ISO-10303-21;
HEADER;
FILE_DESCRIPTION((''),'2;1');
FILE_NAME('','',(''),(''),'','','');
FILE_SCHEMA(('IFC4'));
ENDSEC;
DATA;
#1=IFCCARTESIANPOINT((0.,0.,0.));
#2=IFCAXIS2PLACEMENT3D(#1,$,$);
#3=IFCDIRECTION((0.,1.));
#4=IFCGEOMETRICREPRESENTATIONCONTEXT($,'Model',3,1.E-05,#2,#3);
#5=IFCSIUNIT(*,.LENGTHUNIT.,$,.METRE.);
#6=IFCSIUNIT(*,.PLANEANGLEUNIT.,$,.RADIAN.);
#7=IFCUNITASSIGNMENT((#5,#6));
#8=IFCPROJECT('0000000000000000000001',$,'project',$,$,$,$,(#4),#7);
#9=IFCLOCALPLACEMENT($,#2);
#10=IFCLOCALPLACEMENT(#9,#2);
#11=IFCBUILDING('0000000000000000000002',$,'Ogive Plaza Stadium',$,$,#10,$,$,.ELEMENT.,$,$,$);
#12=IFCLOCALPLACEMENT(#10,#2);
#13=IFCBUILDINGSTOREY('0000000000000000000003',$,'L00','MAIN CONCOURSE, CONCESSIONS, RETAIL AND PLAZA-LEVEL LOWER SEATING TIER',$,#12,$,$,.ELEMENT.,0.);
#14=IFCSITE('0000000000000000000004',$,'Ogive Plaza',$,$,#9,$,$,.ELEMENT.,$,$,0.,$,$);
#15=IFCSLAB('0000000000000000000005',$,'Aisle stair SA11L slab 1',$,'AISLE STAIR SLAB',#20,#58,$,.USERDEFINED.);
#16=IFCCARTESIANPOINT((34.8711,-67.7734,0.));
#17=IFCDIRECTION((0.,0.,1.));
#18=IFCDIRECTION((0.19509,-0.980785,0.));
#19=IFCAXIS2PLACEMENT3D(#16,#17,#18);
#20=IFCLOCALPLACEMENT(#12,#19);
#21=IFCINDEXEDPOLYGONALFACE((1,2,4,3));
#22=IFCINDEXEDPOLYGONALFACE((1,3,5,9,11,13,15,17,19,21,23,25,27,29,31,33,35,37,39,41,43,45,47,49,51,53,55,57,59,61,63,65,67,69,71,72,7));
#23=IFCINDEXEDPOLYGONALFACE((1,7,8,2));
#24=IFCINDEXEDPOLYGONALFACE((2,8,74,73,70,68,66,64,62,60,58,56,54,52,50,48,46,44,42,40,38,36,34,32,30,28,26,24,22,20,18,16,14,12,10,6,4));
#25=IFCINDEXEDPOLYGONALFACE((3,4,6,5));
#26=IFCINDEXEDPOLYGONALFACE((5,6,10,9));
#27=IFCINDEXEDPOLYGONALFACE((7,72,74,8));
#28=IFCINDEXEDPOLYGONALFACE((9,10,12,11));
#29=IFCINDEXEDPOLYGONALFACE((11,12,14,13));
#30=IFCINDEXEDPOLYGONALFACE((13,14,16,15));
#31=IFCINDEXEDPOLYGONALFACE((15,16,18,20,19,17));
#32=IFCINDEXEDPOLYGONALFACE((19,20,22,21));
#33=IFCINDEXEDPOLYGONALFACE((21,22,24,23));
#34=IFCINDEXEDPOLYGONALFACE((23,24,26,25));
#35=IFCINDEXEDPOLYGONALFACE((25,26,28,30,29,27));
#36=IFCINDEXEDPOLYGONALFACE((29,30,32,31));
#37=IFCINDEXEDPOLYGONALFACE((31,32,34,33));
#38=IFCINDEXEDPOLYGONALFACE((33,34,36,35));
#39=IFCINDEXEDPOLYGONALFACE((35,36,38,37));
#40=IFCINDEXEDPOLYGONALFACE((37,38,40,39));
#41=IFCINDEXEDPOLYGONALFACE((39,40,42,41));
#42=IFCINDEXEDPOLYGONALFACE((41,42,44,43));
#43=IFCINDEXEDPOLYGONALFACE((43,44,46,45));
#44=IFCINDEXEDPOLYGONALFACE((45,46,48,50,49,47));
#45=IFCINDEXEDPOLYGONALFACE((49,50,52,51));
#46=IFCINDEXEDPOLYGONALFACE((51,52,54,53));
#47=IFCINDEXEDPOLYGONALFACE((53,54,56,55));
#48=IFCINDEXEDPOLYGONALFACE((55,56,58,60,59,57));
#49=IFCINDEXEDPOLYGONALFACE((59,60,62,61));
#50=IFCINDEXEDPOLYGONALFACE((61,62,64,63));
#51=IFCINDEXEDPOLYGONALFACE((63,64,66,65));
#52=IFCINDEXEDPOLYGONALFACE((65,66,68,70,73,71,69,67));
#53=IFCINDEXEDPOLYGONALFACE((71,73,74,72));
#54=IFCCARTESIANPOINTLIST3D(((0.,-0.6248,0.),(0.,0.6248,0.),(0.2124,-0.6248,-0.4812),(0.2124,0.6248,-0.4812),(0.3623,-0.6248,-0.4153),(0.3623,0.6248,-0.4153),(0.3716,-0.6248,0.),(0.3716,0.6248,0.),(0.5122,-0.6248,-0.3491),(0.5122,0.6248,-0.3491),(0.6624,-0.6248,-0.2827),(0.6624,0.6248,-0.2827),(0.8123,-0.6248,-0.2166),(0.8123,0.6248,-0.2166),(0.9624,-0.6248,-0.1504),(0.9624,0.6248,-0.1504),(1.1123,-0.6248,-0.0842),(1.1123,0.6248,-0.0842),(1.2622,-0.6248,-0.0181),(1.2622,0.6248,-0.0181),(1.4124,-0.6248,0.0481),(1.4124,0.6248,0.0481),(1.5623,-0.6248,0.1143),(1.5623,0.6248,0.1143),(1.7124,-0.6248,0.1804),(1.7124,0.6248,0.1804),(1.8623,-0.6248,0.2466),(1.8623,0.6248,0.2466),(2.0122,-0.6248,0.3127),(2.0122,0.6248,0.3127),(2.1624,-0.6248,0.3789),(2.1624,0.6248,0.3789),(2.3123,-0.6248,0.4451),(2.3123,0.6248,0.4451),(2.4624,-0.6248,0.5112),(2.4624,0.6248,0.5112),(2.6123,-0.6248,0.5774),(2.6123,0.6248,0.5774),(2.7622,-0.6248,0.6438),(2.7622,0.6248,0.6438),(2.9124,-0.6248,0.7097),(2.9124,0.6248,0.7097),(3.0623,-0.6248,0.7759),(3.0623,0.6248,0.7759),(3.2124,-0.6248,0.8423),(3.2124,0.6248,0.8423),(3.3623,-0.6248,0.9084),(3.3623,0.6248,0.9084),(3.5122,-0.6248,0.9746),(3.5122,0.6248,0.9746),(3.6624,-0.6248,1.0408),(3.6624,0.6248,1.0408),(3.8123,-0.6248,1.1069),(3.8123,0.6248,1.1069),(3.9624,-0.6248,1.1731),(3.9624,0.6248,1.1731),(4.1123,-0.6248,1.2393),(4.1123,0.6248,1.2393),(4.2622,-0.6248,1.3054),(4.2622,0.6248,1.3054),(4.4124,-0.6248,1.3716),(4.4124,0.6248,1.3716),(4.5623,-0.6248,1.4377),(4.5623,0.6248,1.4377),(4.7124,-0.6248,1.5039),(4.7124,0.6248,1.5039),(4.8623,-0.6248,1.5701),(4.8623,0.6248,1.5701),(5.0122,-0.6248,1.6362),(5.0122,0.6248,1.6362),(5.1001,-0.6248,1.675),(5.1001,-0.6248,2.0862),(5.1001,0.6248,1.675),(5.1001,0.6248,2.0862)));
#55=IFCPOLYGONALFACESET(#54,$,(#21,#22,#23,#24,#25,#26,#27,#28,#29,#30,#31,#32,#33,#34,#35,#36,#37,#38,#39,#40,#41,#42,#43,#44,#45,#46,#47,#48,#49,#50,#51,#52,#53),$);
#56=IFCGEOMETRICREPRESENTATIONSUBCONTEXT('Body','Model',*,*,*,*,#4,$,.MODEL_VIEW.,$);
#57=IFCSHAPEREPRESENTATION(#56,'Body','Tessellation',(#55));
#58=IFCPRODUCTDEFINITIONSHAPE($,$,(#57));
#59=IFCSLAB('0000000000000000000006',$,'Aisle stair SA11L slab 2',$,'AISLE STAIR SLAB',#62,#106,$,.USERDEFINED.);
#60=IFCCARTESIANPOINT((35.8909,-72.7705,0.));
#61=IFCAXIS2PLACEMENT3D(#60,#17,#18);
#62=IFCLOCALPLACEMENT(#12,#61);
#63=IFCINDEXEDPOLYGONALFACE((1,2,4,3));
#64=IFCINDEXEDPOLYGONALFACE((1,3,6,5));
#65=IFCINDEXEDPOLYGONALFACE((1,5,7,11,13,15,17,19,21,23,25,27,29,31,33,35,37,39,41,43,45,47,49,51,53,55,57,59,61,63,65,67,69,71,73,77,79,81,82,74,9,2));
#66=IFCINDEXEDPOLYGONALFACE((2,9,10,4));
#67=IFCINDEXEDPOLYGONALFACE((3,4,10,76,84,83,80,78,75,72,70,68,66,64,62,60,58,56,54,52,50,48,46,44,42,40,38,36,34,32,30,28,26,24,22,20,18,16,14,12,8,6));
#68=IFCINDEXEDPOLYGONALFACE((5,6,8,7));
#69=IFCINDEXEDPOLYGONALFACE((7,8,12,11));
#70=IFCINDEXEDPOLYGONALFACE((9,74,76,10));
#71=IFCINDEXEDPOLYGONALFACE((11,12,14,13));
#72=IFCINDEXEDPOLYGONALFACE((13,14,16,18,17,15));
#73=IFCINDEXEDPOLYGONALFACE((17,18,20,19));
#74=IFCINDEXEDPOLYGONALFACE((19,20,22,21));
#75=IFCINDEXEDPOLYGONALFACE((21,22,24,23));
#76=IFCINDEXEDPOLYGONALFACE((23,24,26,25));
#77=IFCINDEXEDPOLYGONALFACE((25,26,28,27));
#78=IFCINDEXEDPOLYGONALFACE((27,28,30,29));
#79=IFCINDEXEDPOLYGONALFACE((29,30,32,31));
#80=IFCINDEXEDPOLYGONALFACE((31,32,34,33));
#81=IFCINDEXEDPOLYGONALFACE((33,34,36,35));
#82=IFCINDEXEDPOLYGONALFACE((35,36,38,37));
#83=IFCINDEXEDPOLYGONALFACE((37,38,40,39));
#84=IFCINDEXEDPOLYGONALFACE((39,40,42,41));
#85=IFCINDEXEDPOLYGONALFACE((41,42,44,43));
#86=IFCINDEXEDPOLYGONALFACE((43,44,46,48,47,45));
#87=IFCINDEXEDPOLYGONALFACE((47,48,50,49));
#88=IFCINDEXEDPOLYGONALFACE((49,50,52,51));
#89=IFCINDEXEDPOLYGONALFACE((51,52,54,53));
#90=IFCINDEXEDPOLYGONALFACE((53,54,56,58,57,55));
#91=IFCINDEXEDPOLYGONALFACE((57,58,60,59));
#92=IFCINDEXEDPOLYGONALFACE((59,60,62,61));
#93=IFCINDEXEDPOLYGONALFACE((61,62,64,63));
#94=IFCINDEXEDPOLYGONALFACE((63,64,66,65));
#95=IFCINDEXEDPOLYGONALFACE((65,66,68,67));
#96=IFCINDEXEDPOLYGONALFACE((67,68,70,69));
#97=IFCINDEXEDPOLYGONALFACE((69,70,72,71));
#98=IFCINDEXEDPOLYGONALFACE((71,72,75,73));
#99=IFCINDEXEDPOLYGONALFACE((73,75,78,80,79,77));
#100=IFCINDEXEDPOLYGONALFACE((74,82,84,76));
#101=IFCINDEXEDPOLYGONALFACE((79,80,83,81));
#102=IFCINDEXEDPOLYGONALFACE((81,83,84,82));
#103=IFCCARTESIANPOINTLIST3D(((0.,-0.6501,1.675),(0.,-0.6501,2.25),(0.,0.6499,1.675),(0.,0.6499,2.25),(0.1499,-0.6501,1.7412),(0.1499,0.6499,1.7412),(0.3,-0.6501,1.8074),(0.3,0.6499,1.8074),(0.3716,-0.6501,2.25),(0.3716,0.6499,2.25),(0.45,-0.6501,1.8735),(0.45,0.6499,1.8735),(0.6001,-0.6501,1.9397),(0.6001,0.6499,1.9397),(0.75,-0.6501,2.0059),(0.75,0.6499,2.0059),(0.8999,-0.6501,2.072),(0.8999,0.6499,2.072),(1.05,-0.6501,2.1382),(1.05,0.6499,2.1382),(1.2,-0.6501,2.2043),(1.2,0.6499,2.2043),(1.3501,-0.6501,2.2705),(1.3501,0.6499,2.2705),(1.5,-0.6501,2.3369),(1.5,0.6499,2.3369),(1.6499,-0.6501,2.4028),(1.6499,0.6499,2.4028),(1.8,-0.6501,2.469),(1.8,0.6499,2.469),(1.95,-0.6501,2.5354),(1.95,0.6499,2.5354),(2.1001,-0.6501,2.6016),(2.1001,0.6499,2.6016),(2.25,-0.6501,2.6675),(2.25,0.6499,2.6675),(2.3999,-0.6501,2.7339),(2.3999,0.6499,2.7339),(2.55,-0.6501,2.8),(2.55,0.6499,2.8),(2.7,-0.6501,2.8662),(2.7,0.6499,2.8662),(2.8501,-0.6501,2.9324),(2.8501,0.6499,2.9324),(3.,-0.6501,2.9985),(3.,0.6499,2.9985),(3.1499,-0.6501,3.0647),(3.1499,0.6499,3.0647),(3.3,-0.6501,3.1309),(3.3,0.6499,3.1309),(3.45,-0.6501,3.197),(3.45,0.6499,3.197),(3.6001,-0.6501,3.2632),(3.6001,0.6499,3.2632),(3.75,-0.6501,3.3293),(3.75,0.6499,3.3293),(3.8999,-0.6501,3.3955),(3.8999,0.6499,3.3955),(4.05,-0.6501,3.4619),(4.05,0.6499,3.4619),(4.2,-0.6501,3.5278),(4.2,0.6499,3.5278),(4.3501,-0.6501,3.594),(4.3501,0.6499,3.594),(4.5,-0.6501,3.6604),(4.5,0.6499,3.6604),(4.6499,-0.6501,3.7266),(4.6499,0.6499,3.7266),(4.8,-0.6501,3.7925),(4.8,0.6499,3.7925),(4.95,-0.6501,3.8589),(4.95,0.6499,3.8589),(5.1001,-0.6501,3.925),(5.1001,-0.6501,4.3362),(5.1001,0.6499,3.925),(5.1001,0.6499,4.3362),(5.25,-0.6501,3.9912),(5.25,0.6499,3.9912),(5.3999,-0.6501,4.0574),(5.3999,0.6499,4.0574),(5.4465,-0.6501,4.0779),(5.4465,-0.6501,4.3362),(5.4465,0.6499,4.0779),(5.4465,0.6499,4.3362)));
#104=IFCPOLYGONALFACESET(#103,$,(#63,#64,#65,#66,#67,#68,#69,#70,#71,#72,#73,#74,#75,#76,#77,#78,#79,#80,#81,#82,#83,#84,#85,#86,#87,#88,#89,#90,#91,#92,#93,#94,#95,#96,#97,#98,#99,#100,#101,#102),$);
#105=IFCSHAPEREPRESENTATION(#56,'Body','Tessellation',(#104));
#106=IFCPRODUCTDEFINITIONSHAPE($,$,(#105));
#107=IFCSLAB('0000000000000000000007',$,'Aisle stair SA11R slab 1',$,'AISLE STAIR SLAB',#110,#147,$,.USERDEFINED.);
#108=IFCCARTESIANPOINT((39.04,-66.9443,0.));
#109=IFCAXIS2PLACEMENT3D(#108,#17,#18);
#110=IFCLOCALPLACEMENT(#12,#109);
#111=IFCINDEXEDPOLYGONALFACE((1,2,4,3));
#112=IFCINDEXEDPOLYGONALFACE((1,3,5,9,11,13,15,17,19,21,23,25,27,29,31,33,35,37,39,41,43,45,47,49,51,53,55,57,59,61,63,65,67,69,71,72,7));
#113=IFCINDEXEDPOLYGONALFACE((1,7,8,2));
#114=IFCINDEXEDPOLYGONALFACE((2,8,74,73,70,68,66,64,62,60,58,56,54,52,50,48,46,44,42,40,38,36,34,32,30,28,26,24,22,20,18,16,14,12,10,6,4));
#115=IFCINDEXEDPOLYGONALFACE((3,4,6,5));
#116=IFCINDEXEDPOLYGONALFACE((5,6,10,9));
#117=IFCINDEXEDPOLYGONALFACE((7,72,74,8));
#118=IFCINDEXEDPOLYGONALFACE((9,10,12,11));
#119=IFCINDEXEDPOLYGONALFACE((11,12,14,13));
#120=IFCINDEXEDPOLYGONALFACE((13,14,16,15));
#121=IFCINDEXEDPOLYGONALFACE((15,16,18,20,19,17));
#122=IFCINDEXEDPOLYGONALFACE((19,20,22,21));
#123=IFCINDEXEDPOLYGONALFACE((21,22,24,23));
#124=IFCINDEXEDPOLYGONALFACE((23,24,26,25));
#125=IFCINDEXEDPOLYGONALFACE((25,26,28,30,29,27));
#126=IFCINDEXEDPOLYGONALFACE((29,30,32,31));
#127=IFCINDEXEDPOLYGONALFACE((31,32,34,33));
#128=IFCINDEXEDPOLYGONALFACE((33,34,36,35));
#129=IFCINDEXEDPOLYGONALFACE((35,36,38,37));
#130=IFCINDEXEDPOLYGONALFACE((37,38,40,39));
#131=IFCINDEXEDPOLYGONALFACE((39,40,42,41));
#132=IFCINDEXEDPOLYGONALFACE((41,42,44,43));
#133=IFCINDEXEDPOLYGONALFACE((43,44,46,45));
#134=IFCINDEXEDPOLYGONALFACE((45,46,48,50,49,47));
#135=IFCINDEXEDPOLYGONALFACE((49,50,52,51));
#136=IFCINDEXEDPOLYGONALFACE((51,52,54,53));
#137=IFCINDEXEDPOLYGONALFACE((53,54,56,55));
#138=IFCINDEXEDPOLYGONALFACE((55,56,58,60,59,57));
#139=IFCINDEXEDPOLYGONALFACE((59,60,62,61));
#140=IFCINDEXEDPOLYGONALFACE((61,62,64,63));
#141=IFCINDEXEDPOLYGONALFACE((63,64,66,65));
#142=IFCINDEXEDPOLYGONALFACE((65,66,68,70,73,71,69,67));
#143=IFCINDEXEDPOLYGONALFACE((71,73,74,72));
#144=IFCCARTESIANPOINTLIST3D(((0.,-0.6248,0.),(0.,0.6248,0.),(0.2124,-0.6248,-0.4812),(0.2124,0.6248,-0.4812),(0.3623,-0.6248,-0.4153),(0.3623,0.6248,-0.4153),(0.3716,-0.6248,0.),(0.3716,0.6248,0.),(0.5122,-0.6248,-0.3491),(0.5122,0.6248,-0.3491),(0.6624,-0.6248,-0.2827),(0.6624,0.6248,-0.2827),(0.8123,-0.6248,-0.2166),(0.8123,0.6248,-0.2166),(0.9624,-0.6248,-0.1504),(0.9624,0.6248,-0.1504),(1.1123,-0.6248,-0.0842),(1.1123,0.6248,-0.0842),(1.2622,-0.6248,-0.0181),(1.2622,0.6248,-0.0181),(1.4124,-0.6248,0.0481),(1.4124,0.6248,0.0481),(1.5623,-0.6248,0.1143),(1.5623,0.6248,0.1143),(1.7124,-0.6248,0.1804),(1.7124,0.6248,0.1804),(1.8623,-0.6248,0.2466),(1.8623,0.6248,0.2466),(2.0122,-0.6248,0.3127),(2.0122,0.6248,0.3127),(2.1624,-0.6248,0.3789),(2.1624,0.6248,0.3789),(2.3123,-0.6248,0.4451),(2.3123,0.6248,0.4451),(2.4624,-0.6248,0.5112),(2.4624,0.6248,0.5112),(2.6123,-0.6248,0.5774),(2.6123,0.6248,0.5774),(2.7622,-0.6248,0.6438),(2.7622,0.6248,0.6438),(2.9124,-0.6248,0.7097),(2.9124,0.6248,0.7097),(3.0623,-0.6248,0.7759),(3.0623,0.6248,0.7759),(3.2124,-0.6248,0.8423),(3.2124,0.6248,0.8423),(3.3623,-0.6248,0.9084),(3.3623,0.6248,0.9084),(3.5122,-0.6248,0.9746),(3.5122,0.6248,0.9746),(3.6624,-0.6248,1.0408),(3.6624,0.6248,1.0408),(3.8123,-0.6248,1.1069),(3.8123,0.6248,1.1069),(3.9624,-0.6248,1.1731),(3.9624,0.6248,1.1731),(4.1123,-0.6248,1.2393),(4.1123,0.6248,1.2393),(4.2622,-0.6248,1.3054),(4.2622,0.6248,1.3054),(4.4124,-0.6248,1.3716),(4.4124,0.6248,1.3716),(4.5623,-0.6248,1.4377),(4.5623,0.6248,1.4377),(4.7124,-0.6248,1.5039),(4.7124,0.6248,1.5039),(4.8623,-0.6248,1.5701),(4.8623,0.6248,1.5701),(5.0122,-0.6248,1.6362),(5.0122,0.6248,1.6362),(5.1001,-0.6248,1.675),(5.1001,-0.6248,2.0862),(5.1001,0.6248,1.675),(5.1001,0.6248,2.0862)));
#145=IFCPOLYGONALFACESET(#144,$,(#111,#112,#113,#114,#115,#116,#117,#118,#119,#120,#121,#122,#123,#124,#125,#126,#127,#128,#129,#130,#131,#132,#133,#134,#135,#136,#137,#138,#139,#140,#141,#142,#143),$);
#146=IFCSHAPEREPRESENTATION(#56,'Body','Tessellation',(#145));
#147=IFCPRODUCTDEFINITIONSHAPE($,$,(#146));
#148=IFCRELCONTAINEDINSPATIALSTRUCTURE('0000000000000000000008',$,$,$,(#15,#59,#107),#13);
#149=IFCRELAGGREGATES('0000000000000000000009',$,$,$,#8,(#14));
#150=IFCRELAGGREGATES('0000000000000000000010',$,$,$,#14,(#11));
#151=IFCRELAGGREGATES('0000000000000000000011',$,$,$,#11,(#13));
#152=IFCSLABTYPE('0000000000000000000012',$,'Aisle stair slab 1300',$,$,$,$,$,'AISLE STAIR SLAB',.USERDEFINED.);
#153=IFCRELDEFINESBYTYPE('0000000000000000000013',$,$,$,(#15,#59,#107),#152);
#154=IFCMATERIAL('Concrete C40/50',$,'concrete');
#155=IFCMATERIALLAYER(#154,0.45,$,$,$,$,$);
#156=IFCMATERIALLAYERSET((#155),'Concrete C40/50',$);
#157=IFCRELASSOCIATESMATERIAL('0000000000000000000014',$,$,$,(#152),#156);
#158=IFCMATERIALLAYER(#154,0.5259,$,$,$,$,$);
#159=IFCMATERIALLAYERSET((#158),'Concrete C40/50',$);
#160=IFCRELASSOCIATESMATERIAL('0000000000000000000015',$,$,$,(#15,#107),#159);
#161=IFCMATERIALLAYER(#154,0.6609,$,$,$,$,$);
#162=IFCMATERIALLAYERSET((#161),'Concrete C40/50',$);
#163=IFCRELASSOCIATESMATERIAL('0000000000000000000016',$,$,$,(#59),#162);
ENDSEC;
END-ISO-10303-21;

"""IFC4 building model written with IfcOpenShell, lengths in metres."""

from ifc_helpers import new_model, si_unit, direction, frame, origin, place, context, subcontext, project, spatial, polyline, outline, extrude, material, layer, layer_set, type_object, element, save


model = new_model("IFC4")

# Units and contexts
model_context = context("Model", 3, precision=1e-05, world=origin(), true_north=direction((0.0, 1.0)))
body_context = subcontext(model_context, "Body", "Model", "MODEL_VIEW")
ifc_project = project(units=[si_unit("LENGTHUNIT", "METRE"), si_unit("PLANEANGLEUNIT", "RADIAN")], contexts=[model_context])

# Site, building, storey
site_placement = place(None, origin())
site = spatial("IfcSite", under=ifc_project, at=site_placement, Name="Ogive Plaza", CompositionType="ELEMENT", RefElevation=0.0)
building_placement = place(site_placement, origin())
building = spatial("IfcBuilding", under=site, at=building_placement, Name="Ogive Plaza Stadium", CompositionType="ELEMENT")
storey_placement = place(building_placement, origin())
storey = spatial("IfcBuildingStorey", under=building, at=storey_placement, Name="L00", Description="MAIN CONCOURSE, CONCESSIONS, RETAIL AND PLAZA-LEVEL LOWER SEATING TIER", CompositionType="ELEMENT", Elevation=0.0)

# Slabs
ifc_material_1 = material(Name="Concrete C40/50", Category="concrete")
ifc_layer_1 = layer(ifc_material_1, 0.5259)
ifc_layer_set_1 = layer_set([ifc_layer_1], Name="Concrete C40/50")
ifc_layer_2 = layer(ifc_material_1, 0.45)
ifc_layer_set_2 = layer_set([ifc_layer_2], Name="Concrete C40/50")
slab_type = type_object("IfcSlabType", Name="Aisle stair slab 1300", ElementType="AISLE STAIR SLAB", PredefinedType="USERDEFINED", material=ifc_layer_set_2)
slab_1_placement = place(storey_placement, frame((34.8711, -67.7734, 0.0), z_axis=(0.0, 0.0, 1.0), x_axis=(0.19509, -0.980785, 0.0)))
element("IfcSlab", 1, at=slab_1_placement, inside=storey, type_object=slab_type, material=ifc_layer_set_1, Name="Aisle stair SA11L slab 1", ObjectType="AISLE STAIR SLAB", PredefinedType="USERDEFINED", context=body_context, shape_type="SweptSolid", body=[
    extrude(outline(polyline([(0.0, 0.0), (0.3716, 0.0), (5.1001, 2.0862), (5.1001, 1.675), (5.0122, 1.6362), (4.8623, 1.5701), (4.7124, 1.5039), (4.5623, 1.4377), (4.4124, 1.3716), (4.2622, 1.3054), (4.1123, 1.2393), (3.9624, 1.1731), (3.8123, 1.1069), (3.6624, 1.0408), (3.5122, 0.9746), (3.3623, 0.9084), (3.2124, 0.8423), (3.0623, 0.7759), (2.9124, 0.7097), (2.7622, 0.6438), (2.6123, 0.5774), (2.4624, 0.5112), (2.3123, 0.4451), (2.1624, 0.3789), (2.0122, 0.3127), (1.8623, 0.2466), (1.7124, 0.1804), (1.5623, 0.1143), (1.4124, 0.0481), (1.2622, -0.0181), (1.1123, -0.0842), (0.9624, -0.1504), (0.8123, -0.2166), (0.6624, -0.2827), (0.5122, -0.3491), (0.3623, -0.4153), (0.2124, -0.4812), (0.0, 0.0)])), frame((0.0, 0.6248, 0.0), z_axis=(0.0, -1.0, 0.0), x_axis=(1.0, 0.0, 0.0)), (0.0, 0.0, 1.0), 1.2495),
])
ifc_layer_3 = layer(ifc_material_1, 0.6609)
ifc_layer_set_3 = layer_set([ifc_layer_3], Name="Concrete C40/50")
slab_2_placement = place(storey_placement, frame((35.8909, -72.7705, 0.0), z_axis=(0.0, 0.0, 1.0), x_axis=(0.19509, -0.980785, 0.0)))
element("IfcSlab", 2, at=slab_2_placement, inside=storey, type_object=slab_type, material=ifc_layer_set_3, Name="Aisle stair SA11L slab 2", ObjectType="AISLE STAIR SLAB", PredefinedType="USERDEFINED", context=body_context, shape_type="SweptSolid", body=[
    extrude(outline(polyline([(0.0, 2.25), (0.3716, 2.25), (5.1001, 4.3362), (5.4465, 4.3362), (5.4465, 4.0779), (5.3999, 4.0574), (5.25, 3.9912), (5.1001, 3.925), (4.95, 3.8589), (4.8, 3.7925), (4.6499, 3.7266), (4.5, 3.6604), (4.3501, 3.594), (4.2, 3.5278), (4.05, 3.4619), (3.8999, 3.3955), (3.75, 3.3293), (3.6001, 3.2632), (3.45, 3.197), (3.3, 3.1309), (3.1499, 3.0647), (3.0, 2.9985), (2.8501, 2.9324), (2.7, 2.8662), (2.55, 2.8), (2.3999, 2.7339), (2.25, 2.6675), (2.1001, 2.6016), (1.95, 2.5354), (1.8, 2.469), (1.6499, 2.4028), (1.5, 2.3369), (1.3501, 2.2705), (1.2, 2.2043), (1.05, 2.1382), (0.8999, 2.072), (0.75, 2.0059), (0.6001, 1.9397), (0.45, 1.8735), (0.3, 1.8074), (0.1499, 1.7412), (0.0, 1.675), (0.0, 2.25)])), frame((0.0, 0.6499, 0.0), z_axis=(0.0, -1.0, 0.0), x_axis=(1.0, 0.0, 0.0)), (0.0, 0.0, 1.0), 1.3),
])
slab_3_placement = place(storey_placement, frame((39.04, -66.9443, 0.0), z_axis=(0.0, 0.0, 1.0), x_axis=(0.19509, -0.980785, 0.0)))
element("IfcSlab", 3, at=slab_3_placement, inside=storey, type_object=slab_type, material=ifc_layer_set_1, Name="Aisle stair SA11R slab 1", ObjectType="AISLE STAIR SLAB", PredefinedType="USERDEFINED", context=body_context, shape_type="SweptSolid", body=[
    extrude(outline(polyline([(0.0, 0.0), (0.3716, 0.0), (5.1001, 2.0862), (5.1001, 1.675), (5.0122, 1.6362), (4.8623, 1.5701), (4.7124, 1.5039), (4.5623, 1.4377), (4.4124, 1.3716), (4.2622, 1.3054), (4.1123, 1.2393), (3.9624, 1.1731), (3.8123, 1.1069), (3.6624, 1.0408), (3.5122, 0.9746), (3.3623, 0.9084), (3.2124, 0.8423), (3.0623, 0.7759), (2.9124, 0.7097), (2.7622, 0.6438), (2.6123, 0.5774), (2.4624, 0.5112), (2.3123, 0.4451), (2.1624, 0.3789), (2.0122, 0.3127), (1.8623, 0.2466), (1.7124, 0.1804), (1.5623, 0.1143), (1.4124, 0.0481), (1.2622, -0.0181), (1.1123, -0.0842), (0.9624, -0.1504), (0.8123, -0.2166), (0.6624, -0.2827), (0.5122, -0.3491), (0.3623, -0.4153), (0.2124, -0.4812), (0.0, 0.0)])), frame((0.0, 0.6248, 0.0), z_axis=(0.0, -1.0, 0.0), x_axis=(1.0, 0.0, 0.0)), (0.0, 0.0, 1.0), 1.2495),
])

save(model, "model.ifc")
